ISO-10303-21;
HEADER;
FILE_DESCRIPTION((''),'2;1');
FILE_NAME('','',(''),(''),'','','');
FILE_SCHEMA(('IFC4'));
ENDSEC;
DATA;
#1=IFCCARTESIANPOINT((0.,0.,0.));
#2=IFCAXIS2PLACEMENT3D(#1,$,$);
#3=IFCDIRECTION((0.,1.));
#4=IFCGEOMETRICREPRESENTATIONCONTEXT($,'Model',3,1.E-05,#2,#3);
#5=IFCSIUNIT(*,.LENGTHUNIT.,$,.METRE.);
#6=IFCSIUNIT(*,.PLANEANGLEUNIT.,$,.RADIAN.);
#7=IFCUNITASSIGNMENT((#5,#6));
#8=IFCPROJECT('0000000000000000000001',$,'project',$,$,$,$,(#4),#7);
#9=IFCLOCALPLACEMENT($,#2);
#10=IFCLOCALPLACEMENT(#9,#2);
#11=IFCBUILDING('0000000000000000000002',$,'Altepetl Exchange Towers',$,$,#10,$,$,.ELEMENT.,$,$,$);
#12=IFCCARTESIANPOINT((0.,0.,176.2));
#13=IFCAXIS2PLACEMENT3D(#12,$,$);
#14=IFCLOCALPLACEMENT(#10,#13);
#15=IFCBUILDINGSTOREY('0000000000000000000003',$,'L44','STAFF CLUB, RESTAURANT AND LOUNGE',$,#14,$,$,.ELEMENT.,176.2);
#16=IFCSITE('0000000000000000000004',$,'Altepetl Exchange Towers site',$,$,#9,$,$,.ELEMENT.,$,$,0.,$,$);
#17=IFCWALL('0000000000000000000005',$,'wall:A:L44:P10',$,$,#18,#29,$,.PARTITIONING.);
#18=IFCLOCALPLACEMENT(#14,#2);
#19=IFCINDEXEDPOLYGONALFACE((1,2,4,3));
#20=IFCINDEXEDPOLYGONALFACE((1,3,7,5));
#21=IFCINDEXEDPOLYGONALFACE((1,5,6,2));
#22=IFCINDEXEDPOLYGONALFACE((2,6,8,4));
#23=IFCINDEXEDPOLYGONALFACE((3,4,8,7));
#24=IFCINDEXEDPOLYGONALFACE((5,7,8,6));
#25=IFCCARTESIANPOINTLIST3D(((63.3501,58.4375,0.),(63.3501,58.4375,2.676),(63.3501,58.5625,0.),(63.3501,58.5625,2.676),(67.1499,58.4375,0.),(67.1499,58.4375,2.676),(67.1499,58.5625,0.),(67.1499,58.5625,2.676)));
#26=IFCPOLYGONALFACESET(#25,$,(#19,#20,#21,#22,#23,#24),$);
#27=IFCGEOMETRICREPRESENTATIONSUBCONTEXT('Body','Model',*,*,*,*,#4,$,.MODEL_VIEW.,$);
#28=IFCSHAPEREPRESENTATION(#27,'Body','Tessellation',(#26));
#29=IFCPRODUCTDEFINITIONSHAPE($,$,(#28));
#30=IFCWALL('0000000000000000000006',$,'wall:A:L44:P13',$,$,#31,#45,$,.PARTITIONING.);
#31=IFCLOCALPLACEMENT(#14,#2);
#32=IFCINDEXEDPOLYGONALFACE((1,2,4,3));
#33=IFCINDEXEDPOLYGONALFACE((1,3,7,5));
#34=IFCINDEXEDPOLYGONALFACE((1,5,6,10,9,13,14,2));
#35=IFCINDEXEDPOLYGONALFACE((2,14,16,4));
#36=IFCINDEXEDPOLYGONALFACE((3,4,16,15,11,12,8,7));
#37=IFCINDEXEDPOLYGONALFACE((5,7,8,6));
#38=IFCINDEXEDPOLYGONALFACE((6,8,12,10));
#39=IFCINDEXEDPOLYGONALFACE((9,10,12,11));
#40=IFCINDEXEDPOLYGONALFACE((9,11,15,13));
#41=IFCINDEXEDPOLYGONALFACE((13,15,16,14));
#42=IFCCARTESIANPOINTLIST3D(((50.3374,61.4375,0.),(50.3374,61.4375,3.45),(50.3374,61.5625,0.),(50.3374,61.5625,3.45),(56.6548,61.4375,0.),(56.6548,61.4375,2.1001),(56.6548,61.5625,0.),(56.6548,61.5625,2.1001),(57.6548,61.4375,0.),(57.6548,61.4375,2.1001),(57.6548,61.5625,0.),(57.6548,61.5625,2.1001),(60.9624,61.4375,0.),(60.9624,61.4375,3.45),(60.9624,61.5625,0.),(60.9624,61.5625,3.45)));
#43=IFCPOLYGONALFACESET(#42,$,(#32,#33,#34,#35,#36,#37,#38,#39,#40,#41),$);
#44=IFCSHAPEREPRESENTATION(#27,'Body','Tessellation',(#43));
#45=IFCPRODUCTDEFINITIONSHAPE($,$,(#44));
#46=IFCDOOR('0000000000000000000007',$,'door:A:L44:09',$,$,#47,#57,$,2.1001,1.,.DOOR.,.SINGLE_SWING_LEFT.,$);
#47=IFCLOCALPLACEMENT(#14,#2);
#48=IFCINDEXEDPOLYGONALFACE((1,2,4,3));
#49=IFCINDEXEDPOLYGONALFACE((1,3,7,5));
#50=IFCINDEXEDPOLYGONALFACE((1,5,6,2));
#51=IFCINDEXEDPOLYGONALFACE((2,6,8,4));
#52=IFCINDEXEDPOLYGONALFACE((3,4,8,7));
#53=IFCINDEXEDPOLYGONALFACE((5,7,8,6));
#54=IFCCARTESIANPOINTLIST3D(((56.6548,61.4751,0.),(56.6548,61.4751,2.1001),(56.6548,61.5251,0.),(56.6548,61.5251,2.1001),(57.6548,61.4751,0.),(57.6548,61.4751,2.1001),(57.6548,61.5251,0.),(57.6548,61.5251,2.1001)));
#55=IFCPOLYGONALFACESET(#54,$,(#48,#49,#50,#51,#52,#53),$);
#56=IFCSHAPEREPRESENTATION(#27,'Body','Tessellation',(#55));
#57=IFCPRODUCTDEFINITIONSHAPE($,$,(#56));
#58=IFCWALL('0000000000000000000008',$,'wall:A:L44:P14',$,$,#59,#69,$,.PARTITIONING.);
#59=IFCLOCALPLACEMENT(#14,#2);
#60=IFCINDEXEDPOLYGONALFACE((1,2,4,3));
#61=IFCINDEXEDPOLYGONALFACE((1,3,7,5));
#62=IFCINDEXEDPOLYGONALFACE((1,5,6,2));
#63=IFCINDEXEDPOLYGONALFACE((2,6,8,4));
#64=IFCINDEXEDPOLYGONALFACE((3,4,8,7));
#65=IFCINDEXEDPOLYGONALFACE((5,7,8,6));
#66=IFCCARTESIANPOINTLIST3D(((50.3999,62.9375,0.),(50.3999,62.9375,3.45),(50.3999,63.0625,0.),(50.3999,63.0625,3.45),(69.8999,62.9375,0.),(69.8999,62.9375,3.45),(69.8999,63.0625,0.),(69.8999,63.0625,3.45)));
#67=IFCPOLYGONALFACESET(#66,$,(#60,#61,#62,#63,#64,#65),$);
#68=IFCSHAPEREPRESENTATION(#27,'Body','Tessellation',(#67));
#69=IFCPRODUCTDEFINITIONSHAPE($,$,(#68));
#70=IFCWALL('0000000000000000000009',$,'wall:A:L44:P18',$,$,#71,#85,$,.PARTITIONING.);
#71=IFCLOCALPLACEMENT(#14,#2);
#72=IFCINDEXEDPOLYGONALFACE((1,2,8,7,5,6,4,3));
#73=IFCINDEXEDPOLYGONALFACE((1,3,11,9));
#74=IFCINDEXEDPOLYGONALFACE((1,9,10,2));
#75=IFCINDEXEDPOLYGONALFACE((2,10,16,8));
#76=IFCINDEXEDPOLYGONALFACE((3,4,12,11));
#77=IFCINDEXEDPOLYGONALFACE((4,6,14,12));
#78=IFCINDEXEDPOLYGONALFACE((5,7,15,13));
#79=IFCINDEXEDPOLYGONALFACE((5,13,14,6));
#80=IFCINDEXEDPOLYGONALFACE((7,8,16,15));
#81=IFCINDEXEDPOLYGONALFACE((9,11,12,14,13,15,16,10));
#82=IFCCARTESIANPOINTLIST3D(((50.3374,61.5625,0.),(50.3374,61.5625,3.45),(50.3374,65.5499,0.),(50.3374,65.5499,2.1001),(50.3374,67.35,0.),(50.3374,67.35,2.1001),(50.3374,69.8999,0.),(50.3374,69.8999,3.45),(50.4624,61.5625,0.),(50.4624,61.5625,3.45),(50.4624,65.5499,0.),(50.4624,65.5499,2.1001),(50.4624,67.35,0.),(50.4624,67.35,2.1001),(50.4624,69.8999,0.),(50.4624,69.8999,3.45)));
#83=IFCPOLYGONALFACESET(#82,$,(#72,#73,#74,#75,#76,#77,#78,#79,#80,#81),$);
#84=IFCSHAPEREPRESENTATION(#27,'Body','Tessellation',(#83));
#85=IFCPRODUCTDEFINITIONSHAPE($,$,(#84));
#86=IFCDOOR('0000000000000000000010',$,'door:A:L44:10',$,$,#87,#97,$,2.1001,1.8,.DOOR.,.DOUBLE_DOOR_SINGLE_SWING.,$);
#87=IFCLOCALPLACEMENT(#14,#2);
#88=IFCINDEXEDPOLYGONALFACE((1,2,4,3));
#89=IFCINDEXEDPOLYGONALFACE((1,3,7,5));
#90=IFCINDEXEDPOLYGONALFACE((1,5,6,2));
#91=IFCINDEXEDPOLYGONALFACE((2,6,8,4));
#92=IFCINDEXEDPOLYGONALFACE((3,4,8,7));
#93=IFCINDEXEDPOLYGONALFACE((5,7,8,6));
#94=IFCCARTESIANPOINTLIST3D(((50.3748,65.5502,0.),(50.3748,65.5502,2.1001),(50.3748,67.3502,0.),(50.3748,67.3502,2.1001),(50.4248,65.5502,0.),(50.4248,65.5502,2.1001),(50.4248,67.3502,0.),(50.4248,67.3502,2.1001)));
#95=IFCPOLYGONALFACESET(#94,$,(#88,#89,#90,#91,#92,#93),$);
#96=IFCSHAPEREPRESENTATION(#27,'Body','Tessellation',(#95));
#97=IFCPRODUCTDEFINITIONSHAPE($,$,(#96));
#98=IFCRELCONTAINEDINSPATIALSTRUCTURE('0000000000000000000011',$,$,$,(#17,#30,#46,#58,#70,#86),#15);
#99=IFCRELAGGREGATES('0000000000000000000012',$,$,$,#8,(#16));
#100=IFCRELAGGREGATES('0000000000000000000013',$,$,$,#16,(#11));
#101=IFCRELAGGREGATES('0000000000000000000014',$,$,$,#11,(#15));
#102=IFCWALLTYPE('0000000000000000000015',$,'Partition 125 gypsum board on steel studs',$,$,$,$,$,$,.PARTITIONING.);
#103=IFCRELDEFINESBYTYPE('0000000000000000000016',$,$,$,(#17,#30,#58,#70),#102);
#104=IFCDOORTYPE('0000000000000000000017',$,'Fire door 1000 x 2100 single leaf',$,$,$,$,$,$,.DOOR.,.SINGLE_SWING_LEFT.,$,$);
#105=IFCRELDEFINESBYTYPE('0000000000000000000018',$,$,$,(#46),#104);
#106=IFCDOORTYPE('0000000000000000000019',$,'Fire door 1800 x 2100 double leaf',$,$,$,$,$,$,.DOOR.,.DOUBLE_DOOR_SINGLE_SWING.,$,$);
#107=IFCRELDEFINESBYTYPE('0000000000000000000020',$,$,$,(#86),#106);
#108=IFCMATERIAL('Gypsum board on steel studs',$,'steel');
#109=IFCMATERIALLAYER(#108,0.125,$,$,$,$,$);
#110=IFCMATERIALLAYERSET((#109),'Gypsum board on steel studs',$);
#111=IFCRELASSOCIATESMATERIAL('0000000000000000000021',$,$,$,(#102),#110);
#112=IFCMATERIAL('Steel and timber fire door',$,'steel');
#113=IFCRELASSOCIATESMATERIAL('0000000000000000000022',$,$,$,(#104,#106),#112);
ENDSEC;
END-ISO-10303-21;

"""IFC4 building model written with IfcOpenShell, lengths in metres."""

from ifc_helpers import new_model, si_unit, direction, frame, frame_2d, origin, place, context, subcontext, project, spatial, rectangle, extrude, material, layer, layer_set, type_object, element, fill, save


model = new_model("IFC4")

# Units and contexts
model_context = context("Model", 3, precision=1e-05, world=origin(), true_north=direction((0.0, 1.0)))
body_context = subcontext(model_context, "Body", "Model", "MODEL_VIEW")
ifc_project = project(units=[si_unit("LENGTHUNIT", "METRE"), si_unit("PLANEANGLEUNIT", "RADIAN")], contexts=[model_context])

# Site, building, storey
site_placement = place(None, origin())
site = spatial("IfcSite", under=ifc_project, at=site_placement, Name="Altepetl Exchange Towers site", CompositionType="ELEMENT", RefElevation=0.0)
building_placement = place(site_placement, origin())
building = spatial("IfcBuilding", under=site, at=building_placement, Name="Altepetl Exchange Towers", CompositionType="ELEMENT")
storey_placement = place(building_placement, frame((0.0, 0.0, 176.2)))
storey = spatial("IfcBuildingStorey", under=building, at=storey_placement, Name="L44", Description="STAFF CLUB, RESTAURANT AND LOUNGE", CompositionType="ELEMENT", Elevation=176.2)

# Wall
ifc_material_1 = material(Name="Gypsum board on steel studs", Category="steel")
ifc_layer_1 = layer(ifc_material_1, 0.125)
ifc_layer_set_1 = layer_set([ifc_layer_1], Name="Gypsum board on steel studs")
wall_type = type_object("IfcWallType", Name="Partition 125 gypsum board on steel studs", PredefinedType="PARTITIONING", material=ifc_layer_set_1)
wall_1_placement = place(storey_placement, frame((63.3501, 58.5, 0.0)))
element("IfcWall", 1, at=wall_1_placement, inside=storey, type_object=wall_type, Name="wall:A:L44:P10", PredefinedType="PARTITIONING", context=body_context, shape_type="SweptSolid", body=[
    extrude(rectangle(XDim=3.7998, YDim=0.125, at=frame_2d((1.8999, 0.0))), origin(), (0.0, 0.0, 1.0), 2.676),
])

# Wall, opening, door
wall_2_placement = place(storey_placement, frame((50.3374, 61.5, 0.0)))
wall_2 = element("IfcWall", 2, at=wall_2_placement, inside=storey, type_object=wall_type, Name="wall:A:L44:P13", PredefinedType="PARTITIONING", context=body_context, shape_type="SweptSolid", body=[
    extrude(rectangle(XDim=10.625, YDim=0.125, at=frame_2d((5.3125, 0.0))), origin(), (0.0, 0.0, 1.0), 3.45),
])
opening_1_placement = place(wall_2_placement, frame((6.3174, 0.0, 0.0)))
opening_1 = element("IfcOpeningElement", 3, at=opening_1_placement, cuts=wall_2, PredefinedType="OPENING", context=body_context, shape_type="SweptSolid", body=[
    extrude(rectangle(XDim=1.0, YDim=2.1001, at=frame_2d((0.5, 1.05))), frame((0.0, 0.0725, 0.0), z_axis=(0.0, -1.0, 0.0), x_axis=(1.0, 0.0, 0.0)), (0.0, 0.0, 1.0), 0.145),
])
ifc_material_2 = material(Name="Steel and timber fire door", Category="steel")
door_type_1 = type_object("IfcDoorType", Name="Fire door 1000 x 2100 single leaf", OperationType="SINGLE_SWING_LEFT", PredefinedType="DOOR", material=ifc_material_2)
door_1_placement = place(opening_1_placement, frame((1.0, 0.0, 0.0), x_axis=(-1.0, 0.0, 0.0)))
door_1 = element("IfcDoor", 4, at=door_1_placement, inside=storey, type_object=door_type_1, Name="door:A:L44:09", OperationType="SINGLE_SWING_LEFT", OverallHeight=2.1001, OverallWidth=1.0, PredefinedType="DOOR", context=body_context, shape_type="SweptSolid", body=[
    extrude(rectangle(XDim=1.0, YDim=2.1001, at=frame_2d((0.5, 1.05))), frame((0.0, 0.0249, 0.0), z_axis=(0.0, -1.0, 0.0), x_axis=(1.0, 0.0, 0.0)), (0.0, 0.0, 1.0), 0.05),
])
fill(opening_1, door_1)

# Wall
wall_3_placement = place(storey_placement, frame((50.3999, 63.0, 0.0)))
element("IfcWall", 5, at=wall_3_placement, inside=storey, type_object=wall_type, Name="wall:A:L44:P14", PredefinedType="PARTITIONING", context=body_context, shape_type="SweptSolid", body=[
    extrude(rectangle(XDim=19.5, YDim=0.125, at=frame_2d((9.75, 0.0))), origin(), (0.0, 0.0, 1.0), 3.45),
])

# Wall, opening, door
wall_4_placement = place(storey_placement, frame((50.3999, 61.5625, 0.0), z_axis=(0.0, 0.0, 1.0), x_axis=(0.0, 1.0, 0.0)))
wall_4 = element("IfcWall", 6, at=wall_4_placement, inside=storey, type_object=wall_type, Name="wall:A:L44:P18", PredefinedType="PARTITIONING", context=body_context, shape_type="SweptSolid", body=[
    extrude(rectangle(XDim=8.3374, YDim=0.125, at=frame_2d((4.1687, 0.0))), origin(), (0.0, 0.0, 1.0), 3.45),
])
opening_2_placement = place(wall_4_placement, frame((3.9875, 0.0, 0.0)))
opening_2 = element("IfcOpeningElement", 7, at=opening_2_placement, cuts=wall_4, PredefinedType="OPENING", context=body_context, shape_type="SweptSolid", body=[
    extrude(rectangle(XDim=1.8, YDim=2.1001, at=frame_2d((0.8999, 1.05))), frame((0.0, 0.0725, 0.0), z_axis=(0.0, -1.0, 0.0), x_axis=(1.0, 0.0, 0.0)), (0.0, 0.0, 1.0), 0.145),
])
door_type_2 = type_object("IfcDoorType", Name="Fire door 1800 x 2100 double leaf", OperationType="DOUBLE_DOOR_SINGLE_SWING", PredefinedType="DOOR", material=ifc_material_2)
door_2_placement = place(opening_2_placement, frame((1.8, 0.0, 0.0), x_axis=(-1.0, 0.0, 0.0)))
door_2 = element("IfcDoor", 8, at=door_2_placement, inside=storey, type_object=door_type_2, Name="door:A:L44:10", OperationType="DOUBLE_DOOR_SINGLE_SWING", OverallHeight=2.1001, OverallWidth=1.8, PredefinedType="DOOR", context=body_context, shape_type="SweptSolid", body=[
    extrude(rectangle(XDim=1.8, YDim=2.1001, at=frame_2d((0.8999, 1.05))), frame((0.0, 0.0249, 0.0), z_axis=(0.0, -1.0, 0.0), x_axis=(1.0, 0.0, 0.0)), (0.0, 0.0, 1.0), 0.05),
])
fill(opening_2, door_2)

save(model, "model.ifc")
